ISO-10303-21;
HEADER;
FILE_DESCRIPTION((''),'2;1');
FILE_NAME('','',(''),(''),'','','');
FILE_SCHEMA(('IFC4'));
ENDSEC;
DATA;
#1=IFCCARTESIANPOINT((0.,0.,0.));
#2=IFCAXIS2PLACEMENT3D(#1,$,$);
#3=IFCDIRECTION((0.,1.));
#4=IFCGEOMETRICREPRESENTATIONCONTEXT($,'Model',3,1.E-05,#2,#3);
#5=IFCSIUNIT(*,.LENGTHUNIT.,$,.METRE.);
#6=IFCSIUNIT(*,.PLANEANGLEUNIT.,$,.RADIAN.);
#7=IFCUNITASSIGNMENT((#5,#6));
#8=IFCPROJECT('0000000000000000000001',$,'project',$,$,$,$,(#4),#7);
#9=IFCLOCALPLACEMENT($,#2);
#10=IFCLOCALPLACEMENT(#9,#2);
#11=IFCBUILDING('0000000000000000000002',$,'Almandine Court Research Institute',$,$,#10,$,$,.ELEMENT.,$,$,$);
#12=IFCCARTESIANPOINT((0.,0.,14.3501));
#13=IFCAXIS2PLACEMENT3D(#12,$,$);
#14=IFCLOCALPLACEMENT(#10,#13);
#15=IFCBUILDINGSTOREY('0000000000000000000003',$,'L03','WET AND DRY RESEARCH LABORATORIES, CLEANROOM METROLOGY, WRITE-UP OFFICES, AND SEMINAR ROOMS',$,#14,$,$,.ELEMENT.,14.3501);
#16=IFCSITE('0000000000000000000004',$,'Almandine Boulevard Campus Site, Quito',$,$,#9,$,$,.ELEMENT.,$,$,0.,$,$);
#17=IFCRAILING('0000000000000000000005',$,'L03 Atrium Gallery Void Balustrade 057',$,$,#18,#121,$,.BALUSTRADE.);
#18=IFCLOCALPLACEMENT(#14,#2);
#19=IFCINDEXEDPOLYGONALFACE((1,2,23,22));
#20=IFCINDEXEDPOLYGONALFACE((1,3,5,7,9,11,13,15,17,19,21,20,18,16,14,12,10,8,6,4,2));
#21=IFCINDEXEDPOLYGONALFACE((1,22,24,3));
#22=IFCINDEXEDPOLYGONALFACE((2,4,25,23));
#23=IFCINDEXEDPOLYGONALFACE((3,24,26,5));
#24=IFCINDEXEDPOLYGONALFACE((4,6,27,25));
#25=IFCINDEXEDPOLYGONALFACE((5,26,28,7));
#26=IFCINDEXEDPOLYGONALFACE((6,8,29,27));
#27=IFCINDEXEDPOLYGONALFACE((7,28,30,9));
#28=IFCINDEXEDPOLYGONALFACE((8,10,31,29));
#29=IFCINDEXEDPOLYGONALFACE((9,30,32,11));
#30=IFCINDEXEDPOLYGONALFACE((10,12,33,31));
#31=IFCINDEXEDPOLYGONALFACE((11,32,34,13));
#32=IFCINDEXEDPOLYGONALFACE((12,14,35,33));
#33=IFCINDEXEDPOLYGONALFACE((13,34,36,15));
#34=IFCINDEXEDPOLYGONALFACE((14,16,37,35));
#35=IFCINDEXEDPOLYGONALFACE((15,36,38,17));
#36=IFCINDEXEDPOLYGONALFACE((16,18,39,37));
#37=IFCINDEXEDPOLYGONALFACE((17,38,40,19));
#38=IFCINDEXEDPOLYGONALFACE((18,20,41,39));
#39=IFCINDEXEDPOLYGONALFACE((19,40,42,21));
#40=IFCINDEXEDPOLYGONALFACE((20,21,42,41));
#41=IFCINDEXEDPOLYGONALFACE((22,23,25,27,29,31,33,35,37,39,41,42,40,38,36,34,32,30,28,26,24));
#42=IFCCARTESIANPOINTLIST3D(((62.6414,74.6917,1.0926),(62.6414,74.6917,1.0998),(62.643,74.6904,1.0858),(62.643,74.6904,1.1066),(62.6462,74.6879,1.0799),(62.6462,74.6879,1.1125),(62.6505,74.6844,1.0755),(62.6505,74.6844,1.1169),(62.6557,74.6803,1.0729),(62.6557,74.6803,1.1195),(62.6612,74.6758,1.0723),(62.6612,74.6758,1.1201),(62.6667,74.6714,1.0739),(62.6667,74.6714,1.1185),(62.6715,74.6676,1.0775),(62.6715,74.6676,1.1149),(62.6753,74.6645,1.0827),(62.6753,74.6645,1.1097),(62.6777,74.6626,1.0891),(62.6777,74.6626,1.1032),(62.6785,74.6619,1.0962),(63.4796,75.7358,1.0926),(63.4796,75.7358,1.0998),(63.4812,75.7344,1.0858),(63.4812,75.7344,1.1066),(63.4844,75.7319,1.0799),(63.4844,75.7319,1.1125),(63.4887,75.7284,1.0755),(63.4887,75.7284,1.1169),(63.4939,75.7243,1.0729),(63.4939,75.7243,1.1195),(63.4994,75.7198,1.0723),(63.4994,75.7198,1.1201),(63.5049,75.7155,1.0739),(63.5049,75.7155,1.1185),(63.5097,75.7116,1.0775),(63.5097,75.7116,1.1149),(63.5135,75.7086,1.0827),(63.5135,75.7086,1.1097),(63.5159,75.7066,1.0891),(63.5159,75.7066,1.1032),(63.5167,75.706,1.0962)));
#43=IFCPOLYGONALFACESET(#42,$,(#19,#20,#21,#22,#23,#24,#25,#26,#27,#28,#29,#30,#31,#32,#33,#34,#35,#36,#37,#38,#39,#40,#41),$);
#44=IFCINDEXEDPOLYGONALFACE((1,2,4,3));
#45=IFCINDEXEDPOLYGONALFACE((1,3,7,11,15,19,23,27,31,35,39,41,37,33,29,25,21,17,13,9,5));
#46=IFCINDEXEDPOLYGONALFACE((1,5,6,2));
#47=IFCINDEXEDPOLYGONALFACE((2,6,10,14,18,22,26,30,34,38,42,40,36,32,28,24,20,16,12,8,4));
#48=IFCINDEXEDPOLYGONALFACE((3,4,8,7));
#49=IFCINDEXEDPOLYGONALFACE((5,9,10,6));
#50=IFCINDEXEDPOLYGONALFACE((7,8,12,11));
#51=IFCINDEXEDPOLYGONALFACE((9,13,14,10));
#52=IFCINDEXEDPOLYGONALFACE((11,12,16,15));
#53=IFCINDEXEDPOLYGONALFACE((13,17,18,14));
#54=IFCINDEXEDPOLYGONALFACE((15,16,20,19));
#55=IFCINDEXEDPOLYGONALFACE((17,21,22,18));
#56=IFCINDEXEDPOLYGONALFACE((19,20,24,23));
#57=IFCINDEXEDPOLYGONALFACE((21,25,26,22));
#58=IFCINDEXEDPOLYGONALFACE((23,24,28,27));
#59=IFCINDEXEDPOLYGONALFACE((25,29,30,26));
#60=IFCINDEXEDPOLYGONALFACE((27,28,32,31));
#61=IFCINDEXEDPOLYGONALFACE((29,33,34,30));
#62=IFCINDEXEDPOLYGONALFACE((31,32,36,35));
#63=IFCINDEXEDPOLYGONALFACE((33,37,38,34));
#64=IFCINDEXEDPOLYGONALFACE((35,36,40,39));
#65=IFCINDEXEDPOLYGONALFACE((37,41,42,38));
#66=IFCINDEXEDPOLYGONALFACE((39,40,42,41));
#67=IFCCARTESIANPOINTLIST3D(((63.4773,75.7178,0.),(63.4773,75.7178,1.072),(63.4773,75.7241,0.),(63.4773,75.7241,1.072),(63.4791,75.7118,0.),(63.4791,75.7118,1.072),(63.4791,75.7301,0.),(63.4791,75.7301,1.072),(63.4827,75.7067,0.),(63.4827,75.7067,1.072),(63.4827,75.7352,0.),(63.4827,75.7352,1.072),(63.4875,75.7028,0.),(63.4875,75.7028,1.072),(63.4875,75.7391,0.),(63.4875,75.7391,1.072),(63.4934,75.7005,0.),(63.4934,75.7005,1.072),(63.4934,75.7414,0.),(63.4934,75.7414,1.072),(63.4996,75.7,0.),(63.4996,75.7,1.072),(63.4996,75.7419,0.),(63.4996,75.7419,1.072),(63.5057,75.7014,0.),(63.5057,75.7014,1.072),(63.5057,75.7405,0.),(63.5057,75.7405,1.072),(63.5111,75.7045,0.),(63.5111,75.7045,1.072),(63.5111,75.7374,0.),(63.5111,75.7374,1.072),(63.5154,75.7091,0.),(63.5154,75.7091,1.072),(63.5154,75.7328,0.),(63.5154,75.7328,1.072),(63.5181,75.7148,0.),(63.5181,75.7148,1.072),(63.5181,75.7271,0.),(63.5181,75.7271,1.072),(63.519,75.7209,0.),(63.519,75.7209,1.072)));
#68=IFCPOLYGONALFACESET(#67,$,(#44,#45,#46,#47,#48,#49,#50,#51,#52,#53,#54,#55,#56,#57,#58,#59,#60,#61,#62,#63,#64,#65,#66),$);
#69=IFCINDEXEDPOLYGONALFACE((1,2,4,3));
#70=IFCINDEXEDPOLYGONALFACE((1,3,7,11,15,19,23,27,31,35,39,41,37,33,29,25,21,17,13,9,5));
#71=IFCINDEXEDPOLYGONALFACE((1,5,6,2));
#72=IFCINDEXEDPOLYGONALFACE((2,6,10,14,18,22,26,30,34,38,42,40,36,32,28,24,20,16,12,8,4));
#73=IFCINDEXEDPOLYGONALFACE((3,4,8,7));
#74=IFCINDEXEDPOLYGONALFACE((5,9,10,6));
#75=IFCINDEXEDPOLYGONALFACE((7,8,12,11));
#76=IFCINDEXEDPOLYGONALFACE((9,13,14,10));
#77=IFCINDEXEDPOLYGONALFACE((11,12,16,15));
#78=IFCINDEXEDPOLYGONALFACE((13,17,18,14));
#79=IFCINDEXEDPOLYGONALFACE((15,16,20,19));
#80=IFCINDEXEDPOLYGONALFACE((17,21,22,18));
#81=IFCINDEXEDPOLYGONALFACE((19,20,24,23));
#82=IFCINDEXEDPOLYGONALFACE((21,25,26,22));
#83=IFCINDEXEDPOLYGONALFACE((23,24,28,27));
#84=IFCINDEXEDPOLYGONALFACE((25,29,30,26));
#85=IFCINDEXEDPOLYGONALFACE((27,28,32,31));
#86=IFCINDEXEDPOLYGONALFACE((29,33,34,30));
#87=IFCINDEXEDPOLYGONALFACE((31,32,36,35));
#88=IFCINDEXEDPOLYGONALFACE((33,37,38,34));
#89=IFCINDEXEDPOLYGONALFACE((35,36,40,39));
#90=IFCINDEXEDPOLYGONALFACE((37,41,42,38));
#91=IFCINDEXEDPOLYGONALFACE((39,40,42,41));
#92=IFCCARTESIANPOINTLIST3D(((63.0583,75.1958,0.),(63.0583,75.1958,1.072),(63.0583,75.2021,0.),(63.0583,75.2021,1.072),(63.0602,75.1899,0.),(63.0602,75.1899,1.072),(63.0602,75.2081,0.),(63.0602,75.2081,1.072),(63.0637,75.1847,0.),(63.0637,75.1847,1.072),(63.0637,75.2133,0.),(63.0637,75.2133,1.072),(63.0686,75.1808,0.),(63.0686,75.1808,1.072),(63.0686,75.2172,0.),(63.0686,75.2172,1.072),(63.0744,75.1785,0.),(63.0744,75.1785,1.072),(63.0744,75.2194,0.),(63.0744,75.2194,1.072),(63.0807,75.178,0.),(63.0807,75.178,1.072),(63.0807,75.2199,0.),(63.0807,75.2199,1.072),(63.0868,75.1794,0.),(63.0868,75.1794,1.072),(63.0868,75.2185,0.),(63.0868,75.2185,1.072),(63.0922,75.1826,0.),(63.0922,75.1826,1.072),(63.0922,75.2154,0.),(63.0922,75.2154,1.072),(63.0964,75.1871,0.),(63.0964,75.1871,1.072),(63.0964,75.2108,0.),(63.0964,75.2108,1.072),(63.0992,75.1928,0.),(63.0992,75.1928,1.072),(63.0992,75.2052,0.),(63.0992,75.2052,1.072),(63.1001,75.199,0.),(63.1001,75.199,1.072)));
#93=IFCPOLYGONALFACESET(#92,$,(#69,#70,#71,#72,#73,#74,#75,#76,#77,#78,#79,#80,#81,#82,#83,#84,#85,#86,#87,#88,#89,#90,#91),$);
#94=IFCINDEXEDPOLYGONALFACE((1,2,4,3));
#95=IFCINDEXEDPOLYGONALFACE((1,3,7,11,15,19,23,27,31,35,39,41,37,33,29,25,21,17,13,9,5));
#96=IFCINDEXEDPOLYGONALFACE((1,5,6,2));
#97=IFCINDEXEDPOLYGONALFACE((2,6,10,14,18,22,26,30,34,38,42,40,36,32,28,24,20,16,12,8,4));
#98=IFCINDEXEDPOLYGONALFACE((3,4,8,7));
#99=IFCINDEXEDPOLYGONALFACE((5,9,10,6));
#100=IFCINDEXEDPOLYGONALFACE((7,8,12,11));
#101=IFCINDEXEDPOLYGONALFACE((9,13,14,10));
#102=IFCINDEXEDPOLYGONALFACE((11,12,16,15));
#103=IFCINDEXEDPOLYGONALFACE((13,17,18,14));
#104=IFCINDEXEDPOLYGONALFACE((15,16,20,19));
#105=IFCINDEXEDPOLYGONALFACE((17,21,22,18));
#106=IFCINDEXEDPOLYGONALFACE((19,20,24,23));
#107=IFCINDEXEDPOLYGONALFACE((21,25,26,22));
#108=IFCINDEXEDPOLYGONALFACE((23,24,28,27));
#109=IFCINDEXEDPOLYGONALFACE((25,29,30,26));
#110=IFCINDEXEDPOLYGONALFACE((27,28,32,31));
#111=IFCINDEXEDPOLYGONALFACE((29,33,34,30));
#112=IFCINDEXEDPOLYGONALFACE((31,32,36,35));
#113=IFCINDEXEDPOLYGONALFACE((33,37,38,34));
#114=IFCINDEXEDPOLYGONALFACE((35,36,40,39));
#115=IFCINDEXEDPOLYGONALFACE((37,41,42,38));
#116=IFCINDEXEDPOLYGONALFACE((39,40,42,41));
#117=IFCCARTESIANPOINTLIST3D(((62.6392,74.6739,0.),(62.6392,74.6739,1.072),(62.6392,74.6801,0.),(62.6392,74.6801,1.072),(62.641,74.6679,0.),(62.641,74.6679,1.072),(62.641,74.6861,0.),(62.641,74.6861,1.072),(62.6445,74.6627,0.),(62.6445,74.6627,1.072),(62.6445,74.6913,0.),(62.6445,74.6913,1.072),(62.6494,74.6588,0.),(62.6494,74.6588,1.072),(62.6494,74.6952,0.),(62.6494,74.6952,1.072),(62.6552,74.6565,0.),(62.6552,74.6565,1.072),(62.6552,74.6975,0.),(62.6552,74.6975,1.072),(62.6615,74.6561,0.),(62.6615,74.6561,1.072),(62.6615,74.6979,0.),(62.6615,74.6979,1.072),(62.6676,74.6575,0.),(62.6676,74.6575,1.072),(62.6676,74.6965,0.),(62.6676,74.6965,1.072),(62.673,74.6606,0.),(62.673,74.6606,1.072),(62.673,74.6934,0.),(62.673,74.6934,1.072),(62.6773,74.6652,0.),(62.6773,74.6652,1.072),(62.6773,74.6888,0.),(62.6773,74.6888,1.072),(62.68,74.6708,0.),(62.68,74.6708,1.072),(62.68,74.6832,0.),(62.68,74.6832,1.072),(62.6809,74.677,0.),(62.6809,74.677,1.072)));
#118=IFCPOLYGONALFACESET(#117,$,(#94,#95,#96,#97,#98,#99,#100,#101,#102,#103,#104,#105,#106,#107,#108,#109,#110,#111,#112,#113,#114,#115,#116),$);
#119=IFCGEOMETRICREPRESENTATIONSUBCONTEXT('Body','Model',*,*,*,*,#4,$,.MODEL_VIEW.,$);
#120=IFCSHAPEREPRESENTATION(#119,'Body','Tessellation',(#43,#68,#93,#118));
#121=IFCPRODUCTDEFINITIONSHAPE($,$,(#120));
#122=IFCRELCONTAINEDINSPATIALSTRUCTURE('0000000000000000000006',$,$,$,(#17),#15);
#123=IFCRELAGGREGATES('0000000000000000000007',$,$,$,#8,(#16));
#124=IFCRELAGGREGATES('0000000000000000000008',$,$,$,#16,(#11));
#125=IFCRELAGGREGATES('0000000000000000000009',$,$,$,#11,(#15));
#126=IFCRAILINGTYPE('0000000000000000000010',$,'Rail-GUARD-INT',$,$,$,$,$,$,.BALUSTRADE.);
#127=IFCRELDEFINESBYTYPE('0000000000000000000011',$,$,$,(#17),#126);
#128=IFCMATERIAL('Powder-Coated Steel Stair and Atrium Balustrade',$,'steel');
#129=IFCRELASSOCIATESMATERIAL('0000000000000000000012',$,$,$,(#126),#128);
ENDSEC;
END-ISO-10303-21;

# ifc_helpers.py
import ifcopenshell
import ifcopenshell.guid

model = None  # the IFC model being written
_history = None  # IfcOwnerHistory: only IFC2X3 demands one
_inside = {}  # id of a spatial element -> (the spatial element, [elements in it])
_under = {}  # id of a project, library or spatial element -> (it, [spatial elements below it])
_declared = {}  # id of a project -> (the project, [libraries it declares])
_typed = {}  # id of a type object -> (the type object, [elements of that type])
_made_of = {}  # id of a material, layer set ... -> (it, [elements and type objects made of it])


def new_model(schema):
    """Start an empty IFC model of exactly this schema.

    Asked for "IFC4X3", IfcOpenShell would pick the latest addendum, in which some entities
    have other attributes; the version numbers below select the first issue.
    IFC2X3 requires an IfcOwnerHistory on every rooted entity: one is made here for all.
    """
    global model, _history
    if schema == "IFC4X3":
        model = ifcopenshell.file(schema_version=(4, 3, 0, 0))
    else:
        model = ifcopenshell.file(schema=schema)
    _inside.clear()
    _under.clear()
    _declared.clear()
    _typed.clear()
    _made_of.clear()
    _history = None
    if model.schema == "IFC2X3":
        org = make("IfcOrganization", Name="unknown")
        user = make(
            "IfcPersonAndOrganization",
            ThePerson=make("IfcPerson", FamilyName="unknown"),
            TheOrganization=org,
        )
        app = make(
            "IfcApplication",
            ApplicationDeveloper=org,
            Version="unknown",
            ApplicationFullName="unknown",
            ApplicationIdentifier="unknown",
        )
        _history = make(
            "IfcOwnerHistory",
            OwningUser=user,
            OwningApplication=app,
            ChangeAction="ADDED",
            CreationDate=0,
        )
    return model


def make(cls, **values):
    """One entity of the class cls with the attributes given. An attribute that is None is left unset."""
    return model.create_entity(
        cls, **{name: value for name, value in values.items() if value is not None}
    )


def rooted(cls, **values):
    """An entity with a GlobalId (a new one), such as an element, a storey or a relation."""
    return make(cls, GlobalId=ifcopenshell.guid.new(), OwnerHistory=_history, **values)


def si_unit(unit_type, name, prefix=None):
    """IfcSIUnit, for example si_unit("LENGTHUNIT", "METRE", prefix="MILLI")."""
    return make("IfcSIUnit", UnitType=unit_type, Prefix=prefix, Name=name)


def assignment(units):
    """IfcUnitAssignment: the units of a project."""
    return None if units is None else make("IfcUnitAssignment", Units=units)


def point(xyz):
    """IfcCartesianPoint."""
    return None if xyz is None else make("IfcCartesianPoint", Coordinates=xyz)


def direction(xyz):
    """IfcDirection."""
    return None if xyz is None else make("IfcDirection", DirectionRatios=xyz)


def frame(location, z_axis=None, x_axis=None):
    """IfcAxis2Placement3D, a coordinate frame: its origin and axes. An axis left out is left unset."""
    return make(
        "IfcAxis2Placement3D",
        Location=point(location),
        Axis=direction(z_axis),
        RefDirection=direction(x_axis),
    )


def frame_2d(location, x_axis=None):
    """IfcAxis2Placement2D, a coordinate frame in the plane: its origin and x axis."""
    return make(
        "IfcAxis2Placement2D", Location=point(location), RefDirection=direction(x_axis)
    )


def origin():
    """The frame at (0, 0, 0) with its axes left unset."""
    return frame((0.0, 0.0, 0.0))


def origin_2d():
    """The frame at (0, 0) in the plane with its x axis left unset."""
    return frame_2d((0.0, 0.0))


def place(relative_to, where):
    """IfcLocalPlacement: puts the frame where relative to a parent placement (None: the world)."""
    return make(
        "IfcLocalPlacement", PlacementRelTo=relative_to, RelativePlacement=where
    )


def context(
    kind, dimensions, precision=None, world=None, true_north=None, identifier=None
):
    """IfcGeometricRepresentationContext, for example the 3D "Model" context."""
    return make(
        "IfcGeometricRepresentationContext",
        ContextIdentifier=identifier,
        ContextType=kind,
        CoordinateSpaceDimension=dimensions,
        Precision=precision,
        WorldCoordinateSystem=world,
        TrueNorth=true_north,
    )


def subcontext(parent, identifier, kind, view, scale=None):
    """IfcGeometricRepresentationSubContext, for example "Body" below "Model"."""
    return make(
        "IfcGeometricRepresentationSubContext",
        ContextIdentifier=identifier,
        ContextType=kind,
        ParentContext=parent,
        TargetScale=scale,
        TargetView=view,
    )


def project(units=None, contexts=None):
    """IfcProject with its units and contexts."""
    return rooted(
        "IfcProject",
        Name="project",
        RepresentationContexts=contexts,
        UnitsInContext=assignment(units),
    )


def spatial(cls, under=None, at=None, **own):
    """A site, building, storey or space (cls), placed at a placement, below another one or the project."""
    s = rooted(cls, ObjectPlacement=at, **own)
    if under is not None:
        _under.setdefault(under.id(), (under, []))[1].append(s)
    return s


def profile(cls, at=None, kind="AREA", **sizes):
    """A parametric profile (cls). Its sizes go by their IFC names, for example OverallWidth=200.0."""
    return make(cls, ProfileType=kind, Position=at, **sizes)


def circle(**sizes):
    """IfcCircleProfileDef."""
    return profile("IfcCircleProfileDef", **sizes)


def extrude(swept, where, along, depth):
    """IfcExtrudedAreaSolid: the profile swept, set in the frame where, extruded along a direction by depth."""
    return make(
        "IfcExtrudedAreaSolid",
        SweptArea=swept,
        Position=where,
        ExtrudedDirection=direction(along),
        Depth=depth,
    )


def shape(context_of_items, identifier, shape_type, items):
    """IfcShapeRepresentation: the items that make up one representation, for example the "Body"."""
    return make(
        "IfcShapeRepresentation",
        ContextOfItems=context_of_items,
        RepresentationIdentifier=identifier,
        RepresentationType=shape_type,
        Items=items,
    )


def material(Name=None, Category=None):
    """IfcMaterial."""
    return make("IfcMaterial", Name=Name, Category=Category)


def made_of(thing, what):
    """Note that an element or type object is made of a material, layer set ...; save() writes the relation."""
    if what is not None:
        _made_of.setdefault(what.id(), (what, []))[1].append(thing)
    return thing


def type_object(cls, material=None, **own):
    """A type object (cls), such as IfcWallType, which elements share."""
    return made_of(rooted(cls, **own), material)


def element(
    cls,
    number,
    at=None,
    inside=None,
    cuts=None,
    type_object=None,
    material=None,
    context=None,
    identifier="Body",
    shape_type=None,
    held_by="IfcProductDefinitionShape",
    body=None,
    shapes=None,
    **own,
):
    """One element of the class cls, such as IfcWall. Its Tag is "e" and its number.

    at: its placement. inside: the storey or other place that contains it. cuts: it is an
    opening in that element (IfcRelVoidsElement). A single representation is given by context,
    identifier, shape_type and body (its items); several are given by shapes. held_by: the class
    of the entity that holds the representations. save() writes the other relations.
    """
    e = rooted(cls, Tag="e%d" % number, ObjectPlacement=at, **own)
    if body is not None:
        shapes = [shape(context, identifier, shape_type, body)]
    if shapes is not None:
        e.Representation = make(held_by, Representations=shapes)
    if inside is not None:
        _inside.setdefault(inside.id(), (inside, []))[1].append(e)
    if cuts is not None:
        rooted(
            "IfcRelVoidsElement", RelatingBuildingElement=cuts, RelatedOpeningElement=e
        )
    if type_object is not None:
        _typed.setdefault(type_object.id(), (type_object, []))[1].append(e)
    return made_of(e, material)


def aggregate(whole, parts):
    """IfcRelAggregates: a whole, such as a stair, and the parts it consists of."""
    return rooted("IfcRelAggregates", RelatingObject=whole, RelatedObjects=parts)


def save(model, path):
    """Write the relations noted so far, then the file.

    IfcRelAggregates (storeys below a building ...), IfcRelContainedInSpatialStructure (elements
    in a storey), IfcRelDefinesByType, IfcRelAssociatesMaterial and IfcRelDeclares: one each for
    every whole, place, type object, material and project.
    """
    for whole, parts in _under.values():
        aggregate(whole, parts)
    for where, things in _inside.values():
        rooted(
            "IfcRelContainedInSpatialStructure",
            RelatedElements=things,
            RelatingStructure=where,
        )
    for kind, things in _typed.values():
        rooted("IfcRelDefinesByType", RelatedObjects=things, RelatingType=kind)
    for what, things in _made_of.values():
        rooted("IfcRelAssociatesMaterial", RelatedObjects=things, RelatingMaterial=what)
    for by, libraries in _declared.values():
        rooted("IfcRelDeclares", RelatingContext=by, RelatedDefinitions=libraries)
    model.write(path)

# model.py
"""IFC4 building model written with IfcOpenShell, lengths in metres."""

from ifc_helpers import new_model, si_unit, direction, frame, origin, origin_2d, place, context, subcontext, project, spatial, circle, extrude, material, type_object, element, save


model = new_model("IFC4")

# Units and contexts
model_context = context("Model", 3, precision=1e-05, world=origin(), true_north=direction((0.0, 1.0)))
body_context = subcontext(model_context, "Body", "Model", "MODEL_VIEW")
ifc_project = project(units=[si_unit("LENGTHUNIT", "METRE"), si_unit("PLANEANGLEUNIT", "RADIAN")], contexts=[model_context])

# Site, building, storey
site_placement = place(None, origin())
site = spatial("IfcSite", under=ifc_project, at=site_placement, Name="Almandine Boulevard Campus Site, Quito", CompositionType="ELEMENT", RefElevation=0.0)
building_placement = place(site_placement, origin())
building = spatial("IfcBuilding", under=site, at=building_placement, Name="Almandine Court Research Institute", CompositionType="ELEMENT")
storey_placement = place(building_placement, frame((0.0, 0.0, 14.3501)))
storey = spatial("IfcBuildingStorey", under=building, at=storey_placement, Name="L03", Description="WET AND DRY RESEARCH LABORATORIES, CLEANROOM METROLOGY, WRITE-UP OFFICES, AND SEMINAR ROOMS", CompositionType="ELEMENT", Elevation=14.3501)

# Railing
ifc_material_1 = material(Name="Powder-Coated Steel Stair and Atrium Balustrade", Category="steel")
railing_type = type_object("IfcRailingType", Name="Rail-GUARD-INT", PredefinedType="BALUSTRADE", material=ifc_material_1)
railing_1_placement = place(storey_placement, frame((63.498, 75.7209, 0.0)))
element("IfcRailing", 1, at=railing_1_placement, inside=storey, type_object=railing_type, Name="L03 Atrium Gallery Void Balustrade 057", PredefinedType="BALUSTRADE", context=body_context, shape_type="SweptSolid", body=[
    extrude(circle(Radius=0.0239, at=origin_2d()), frame((0.0, 0.0, 1.0962), z_axis=(-0.626051, -0.779782, 0.0), x_axis=(0.779782, -0.626051, 0.0)), (0.0, 0.0, 1.0), 1.3389),
    extrude(circle(Radius=0.021, at=origin_2d()), origin(), (0.0, 0.0, 1.0), 1.072),
    extrude(circle(Radius=0.021, at=origin_2d()), frame((-0.4189, -0.522, 0.0)), (0.0, 0.0, 1.0), 1.072),
    extrude(circle(Radius=0.021, at=origin_2d()), frame((-0.8381, -1.0439, 0.0)), (0.0, 0.0, 1.0), 1.072),
])

save(model, "model.ifc")
